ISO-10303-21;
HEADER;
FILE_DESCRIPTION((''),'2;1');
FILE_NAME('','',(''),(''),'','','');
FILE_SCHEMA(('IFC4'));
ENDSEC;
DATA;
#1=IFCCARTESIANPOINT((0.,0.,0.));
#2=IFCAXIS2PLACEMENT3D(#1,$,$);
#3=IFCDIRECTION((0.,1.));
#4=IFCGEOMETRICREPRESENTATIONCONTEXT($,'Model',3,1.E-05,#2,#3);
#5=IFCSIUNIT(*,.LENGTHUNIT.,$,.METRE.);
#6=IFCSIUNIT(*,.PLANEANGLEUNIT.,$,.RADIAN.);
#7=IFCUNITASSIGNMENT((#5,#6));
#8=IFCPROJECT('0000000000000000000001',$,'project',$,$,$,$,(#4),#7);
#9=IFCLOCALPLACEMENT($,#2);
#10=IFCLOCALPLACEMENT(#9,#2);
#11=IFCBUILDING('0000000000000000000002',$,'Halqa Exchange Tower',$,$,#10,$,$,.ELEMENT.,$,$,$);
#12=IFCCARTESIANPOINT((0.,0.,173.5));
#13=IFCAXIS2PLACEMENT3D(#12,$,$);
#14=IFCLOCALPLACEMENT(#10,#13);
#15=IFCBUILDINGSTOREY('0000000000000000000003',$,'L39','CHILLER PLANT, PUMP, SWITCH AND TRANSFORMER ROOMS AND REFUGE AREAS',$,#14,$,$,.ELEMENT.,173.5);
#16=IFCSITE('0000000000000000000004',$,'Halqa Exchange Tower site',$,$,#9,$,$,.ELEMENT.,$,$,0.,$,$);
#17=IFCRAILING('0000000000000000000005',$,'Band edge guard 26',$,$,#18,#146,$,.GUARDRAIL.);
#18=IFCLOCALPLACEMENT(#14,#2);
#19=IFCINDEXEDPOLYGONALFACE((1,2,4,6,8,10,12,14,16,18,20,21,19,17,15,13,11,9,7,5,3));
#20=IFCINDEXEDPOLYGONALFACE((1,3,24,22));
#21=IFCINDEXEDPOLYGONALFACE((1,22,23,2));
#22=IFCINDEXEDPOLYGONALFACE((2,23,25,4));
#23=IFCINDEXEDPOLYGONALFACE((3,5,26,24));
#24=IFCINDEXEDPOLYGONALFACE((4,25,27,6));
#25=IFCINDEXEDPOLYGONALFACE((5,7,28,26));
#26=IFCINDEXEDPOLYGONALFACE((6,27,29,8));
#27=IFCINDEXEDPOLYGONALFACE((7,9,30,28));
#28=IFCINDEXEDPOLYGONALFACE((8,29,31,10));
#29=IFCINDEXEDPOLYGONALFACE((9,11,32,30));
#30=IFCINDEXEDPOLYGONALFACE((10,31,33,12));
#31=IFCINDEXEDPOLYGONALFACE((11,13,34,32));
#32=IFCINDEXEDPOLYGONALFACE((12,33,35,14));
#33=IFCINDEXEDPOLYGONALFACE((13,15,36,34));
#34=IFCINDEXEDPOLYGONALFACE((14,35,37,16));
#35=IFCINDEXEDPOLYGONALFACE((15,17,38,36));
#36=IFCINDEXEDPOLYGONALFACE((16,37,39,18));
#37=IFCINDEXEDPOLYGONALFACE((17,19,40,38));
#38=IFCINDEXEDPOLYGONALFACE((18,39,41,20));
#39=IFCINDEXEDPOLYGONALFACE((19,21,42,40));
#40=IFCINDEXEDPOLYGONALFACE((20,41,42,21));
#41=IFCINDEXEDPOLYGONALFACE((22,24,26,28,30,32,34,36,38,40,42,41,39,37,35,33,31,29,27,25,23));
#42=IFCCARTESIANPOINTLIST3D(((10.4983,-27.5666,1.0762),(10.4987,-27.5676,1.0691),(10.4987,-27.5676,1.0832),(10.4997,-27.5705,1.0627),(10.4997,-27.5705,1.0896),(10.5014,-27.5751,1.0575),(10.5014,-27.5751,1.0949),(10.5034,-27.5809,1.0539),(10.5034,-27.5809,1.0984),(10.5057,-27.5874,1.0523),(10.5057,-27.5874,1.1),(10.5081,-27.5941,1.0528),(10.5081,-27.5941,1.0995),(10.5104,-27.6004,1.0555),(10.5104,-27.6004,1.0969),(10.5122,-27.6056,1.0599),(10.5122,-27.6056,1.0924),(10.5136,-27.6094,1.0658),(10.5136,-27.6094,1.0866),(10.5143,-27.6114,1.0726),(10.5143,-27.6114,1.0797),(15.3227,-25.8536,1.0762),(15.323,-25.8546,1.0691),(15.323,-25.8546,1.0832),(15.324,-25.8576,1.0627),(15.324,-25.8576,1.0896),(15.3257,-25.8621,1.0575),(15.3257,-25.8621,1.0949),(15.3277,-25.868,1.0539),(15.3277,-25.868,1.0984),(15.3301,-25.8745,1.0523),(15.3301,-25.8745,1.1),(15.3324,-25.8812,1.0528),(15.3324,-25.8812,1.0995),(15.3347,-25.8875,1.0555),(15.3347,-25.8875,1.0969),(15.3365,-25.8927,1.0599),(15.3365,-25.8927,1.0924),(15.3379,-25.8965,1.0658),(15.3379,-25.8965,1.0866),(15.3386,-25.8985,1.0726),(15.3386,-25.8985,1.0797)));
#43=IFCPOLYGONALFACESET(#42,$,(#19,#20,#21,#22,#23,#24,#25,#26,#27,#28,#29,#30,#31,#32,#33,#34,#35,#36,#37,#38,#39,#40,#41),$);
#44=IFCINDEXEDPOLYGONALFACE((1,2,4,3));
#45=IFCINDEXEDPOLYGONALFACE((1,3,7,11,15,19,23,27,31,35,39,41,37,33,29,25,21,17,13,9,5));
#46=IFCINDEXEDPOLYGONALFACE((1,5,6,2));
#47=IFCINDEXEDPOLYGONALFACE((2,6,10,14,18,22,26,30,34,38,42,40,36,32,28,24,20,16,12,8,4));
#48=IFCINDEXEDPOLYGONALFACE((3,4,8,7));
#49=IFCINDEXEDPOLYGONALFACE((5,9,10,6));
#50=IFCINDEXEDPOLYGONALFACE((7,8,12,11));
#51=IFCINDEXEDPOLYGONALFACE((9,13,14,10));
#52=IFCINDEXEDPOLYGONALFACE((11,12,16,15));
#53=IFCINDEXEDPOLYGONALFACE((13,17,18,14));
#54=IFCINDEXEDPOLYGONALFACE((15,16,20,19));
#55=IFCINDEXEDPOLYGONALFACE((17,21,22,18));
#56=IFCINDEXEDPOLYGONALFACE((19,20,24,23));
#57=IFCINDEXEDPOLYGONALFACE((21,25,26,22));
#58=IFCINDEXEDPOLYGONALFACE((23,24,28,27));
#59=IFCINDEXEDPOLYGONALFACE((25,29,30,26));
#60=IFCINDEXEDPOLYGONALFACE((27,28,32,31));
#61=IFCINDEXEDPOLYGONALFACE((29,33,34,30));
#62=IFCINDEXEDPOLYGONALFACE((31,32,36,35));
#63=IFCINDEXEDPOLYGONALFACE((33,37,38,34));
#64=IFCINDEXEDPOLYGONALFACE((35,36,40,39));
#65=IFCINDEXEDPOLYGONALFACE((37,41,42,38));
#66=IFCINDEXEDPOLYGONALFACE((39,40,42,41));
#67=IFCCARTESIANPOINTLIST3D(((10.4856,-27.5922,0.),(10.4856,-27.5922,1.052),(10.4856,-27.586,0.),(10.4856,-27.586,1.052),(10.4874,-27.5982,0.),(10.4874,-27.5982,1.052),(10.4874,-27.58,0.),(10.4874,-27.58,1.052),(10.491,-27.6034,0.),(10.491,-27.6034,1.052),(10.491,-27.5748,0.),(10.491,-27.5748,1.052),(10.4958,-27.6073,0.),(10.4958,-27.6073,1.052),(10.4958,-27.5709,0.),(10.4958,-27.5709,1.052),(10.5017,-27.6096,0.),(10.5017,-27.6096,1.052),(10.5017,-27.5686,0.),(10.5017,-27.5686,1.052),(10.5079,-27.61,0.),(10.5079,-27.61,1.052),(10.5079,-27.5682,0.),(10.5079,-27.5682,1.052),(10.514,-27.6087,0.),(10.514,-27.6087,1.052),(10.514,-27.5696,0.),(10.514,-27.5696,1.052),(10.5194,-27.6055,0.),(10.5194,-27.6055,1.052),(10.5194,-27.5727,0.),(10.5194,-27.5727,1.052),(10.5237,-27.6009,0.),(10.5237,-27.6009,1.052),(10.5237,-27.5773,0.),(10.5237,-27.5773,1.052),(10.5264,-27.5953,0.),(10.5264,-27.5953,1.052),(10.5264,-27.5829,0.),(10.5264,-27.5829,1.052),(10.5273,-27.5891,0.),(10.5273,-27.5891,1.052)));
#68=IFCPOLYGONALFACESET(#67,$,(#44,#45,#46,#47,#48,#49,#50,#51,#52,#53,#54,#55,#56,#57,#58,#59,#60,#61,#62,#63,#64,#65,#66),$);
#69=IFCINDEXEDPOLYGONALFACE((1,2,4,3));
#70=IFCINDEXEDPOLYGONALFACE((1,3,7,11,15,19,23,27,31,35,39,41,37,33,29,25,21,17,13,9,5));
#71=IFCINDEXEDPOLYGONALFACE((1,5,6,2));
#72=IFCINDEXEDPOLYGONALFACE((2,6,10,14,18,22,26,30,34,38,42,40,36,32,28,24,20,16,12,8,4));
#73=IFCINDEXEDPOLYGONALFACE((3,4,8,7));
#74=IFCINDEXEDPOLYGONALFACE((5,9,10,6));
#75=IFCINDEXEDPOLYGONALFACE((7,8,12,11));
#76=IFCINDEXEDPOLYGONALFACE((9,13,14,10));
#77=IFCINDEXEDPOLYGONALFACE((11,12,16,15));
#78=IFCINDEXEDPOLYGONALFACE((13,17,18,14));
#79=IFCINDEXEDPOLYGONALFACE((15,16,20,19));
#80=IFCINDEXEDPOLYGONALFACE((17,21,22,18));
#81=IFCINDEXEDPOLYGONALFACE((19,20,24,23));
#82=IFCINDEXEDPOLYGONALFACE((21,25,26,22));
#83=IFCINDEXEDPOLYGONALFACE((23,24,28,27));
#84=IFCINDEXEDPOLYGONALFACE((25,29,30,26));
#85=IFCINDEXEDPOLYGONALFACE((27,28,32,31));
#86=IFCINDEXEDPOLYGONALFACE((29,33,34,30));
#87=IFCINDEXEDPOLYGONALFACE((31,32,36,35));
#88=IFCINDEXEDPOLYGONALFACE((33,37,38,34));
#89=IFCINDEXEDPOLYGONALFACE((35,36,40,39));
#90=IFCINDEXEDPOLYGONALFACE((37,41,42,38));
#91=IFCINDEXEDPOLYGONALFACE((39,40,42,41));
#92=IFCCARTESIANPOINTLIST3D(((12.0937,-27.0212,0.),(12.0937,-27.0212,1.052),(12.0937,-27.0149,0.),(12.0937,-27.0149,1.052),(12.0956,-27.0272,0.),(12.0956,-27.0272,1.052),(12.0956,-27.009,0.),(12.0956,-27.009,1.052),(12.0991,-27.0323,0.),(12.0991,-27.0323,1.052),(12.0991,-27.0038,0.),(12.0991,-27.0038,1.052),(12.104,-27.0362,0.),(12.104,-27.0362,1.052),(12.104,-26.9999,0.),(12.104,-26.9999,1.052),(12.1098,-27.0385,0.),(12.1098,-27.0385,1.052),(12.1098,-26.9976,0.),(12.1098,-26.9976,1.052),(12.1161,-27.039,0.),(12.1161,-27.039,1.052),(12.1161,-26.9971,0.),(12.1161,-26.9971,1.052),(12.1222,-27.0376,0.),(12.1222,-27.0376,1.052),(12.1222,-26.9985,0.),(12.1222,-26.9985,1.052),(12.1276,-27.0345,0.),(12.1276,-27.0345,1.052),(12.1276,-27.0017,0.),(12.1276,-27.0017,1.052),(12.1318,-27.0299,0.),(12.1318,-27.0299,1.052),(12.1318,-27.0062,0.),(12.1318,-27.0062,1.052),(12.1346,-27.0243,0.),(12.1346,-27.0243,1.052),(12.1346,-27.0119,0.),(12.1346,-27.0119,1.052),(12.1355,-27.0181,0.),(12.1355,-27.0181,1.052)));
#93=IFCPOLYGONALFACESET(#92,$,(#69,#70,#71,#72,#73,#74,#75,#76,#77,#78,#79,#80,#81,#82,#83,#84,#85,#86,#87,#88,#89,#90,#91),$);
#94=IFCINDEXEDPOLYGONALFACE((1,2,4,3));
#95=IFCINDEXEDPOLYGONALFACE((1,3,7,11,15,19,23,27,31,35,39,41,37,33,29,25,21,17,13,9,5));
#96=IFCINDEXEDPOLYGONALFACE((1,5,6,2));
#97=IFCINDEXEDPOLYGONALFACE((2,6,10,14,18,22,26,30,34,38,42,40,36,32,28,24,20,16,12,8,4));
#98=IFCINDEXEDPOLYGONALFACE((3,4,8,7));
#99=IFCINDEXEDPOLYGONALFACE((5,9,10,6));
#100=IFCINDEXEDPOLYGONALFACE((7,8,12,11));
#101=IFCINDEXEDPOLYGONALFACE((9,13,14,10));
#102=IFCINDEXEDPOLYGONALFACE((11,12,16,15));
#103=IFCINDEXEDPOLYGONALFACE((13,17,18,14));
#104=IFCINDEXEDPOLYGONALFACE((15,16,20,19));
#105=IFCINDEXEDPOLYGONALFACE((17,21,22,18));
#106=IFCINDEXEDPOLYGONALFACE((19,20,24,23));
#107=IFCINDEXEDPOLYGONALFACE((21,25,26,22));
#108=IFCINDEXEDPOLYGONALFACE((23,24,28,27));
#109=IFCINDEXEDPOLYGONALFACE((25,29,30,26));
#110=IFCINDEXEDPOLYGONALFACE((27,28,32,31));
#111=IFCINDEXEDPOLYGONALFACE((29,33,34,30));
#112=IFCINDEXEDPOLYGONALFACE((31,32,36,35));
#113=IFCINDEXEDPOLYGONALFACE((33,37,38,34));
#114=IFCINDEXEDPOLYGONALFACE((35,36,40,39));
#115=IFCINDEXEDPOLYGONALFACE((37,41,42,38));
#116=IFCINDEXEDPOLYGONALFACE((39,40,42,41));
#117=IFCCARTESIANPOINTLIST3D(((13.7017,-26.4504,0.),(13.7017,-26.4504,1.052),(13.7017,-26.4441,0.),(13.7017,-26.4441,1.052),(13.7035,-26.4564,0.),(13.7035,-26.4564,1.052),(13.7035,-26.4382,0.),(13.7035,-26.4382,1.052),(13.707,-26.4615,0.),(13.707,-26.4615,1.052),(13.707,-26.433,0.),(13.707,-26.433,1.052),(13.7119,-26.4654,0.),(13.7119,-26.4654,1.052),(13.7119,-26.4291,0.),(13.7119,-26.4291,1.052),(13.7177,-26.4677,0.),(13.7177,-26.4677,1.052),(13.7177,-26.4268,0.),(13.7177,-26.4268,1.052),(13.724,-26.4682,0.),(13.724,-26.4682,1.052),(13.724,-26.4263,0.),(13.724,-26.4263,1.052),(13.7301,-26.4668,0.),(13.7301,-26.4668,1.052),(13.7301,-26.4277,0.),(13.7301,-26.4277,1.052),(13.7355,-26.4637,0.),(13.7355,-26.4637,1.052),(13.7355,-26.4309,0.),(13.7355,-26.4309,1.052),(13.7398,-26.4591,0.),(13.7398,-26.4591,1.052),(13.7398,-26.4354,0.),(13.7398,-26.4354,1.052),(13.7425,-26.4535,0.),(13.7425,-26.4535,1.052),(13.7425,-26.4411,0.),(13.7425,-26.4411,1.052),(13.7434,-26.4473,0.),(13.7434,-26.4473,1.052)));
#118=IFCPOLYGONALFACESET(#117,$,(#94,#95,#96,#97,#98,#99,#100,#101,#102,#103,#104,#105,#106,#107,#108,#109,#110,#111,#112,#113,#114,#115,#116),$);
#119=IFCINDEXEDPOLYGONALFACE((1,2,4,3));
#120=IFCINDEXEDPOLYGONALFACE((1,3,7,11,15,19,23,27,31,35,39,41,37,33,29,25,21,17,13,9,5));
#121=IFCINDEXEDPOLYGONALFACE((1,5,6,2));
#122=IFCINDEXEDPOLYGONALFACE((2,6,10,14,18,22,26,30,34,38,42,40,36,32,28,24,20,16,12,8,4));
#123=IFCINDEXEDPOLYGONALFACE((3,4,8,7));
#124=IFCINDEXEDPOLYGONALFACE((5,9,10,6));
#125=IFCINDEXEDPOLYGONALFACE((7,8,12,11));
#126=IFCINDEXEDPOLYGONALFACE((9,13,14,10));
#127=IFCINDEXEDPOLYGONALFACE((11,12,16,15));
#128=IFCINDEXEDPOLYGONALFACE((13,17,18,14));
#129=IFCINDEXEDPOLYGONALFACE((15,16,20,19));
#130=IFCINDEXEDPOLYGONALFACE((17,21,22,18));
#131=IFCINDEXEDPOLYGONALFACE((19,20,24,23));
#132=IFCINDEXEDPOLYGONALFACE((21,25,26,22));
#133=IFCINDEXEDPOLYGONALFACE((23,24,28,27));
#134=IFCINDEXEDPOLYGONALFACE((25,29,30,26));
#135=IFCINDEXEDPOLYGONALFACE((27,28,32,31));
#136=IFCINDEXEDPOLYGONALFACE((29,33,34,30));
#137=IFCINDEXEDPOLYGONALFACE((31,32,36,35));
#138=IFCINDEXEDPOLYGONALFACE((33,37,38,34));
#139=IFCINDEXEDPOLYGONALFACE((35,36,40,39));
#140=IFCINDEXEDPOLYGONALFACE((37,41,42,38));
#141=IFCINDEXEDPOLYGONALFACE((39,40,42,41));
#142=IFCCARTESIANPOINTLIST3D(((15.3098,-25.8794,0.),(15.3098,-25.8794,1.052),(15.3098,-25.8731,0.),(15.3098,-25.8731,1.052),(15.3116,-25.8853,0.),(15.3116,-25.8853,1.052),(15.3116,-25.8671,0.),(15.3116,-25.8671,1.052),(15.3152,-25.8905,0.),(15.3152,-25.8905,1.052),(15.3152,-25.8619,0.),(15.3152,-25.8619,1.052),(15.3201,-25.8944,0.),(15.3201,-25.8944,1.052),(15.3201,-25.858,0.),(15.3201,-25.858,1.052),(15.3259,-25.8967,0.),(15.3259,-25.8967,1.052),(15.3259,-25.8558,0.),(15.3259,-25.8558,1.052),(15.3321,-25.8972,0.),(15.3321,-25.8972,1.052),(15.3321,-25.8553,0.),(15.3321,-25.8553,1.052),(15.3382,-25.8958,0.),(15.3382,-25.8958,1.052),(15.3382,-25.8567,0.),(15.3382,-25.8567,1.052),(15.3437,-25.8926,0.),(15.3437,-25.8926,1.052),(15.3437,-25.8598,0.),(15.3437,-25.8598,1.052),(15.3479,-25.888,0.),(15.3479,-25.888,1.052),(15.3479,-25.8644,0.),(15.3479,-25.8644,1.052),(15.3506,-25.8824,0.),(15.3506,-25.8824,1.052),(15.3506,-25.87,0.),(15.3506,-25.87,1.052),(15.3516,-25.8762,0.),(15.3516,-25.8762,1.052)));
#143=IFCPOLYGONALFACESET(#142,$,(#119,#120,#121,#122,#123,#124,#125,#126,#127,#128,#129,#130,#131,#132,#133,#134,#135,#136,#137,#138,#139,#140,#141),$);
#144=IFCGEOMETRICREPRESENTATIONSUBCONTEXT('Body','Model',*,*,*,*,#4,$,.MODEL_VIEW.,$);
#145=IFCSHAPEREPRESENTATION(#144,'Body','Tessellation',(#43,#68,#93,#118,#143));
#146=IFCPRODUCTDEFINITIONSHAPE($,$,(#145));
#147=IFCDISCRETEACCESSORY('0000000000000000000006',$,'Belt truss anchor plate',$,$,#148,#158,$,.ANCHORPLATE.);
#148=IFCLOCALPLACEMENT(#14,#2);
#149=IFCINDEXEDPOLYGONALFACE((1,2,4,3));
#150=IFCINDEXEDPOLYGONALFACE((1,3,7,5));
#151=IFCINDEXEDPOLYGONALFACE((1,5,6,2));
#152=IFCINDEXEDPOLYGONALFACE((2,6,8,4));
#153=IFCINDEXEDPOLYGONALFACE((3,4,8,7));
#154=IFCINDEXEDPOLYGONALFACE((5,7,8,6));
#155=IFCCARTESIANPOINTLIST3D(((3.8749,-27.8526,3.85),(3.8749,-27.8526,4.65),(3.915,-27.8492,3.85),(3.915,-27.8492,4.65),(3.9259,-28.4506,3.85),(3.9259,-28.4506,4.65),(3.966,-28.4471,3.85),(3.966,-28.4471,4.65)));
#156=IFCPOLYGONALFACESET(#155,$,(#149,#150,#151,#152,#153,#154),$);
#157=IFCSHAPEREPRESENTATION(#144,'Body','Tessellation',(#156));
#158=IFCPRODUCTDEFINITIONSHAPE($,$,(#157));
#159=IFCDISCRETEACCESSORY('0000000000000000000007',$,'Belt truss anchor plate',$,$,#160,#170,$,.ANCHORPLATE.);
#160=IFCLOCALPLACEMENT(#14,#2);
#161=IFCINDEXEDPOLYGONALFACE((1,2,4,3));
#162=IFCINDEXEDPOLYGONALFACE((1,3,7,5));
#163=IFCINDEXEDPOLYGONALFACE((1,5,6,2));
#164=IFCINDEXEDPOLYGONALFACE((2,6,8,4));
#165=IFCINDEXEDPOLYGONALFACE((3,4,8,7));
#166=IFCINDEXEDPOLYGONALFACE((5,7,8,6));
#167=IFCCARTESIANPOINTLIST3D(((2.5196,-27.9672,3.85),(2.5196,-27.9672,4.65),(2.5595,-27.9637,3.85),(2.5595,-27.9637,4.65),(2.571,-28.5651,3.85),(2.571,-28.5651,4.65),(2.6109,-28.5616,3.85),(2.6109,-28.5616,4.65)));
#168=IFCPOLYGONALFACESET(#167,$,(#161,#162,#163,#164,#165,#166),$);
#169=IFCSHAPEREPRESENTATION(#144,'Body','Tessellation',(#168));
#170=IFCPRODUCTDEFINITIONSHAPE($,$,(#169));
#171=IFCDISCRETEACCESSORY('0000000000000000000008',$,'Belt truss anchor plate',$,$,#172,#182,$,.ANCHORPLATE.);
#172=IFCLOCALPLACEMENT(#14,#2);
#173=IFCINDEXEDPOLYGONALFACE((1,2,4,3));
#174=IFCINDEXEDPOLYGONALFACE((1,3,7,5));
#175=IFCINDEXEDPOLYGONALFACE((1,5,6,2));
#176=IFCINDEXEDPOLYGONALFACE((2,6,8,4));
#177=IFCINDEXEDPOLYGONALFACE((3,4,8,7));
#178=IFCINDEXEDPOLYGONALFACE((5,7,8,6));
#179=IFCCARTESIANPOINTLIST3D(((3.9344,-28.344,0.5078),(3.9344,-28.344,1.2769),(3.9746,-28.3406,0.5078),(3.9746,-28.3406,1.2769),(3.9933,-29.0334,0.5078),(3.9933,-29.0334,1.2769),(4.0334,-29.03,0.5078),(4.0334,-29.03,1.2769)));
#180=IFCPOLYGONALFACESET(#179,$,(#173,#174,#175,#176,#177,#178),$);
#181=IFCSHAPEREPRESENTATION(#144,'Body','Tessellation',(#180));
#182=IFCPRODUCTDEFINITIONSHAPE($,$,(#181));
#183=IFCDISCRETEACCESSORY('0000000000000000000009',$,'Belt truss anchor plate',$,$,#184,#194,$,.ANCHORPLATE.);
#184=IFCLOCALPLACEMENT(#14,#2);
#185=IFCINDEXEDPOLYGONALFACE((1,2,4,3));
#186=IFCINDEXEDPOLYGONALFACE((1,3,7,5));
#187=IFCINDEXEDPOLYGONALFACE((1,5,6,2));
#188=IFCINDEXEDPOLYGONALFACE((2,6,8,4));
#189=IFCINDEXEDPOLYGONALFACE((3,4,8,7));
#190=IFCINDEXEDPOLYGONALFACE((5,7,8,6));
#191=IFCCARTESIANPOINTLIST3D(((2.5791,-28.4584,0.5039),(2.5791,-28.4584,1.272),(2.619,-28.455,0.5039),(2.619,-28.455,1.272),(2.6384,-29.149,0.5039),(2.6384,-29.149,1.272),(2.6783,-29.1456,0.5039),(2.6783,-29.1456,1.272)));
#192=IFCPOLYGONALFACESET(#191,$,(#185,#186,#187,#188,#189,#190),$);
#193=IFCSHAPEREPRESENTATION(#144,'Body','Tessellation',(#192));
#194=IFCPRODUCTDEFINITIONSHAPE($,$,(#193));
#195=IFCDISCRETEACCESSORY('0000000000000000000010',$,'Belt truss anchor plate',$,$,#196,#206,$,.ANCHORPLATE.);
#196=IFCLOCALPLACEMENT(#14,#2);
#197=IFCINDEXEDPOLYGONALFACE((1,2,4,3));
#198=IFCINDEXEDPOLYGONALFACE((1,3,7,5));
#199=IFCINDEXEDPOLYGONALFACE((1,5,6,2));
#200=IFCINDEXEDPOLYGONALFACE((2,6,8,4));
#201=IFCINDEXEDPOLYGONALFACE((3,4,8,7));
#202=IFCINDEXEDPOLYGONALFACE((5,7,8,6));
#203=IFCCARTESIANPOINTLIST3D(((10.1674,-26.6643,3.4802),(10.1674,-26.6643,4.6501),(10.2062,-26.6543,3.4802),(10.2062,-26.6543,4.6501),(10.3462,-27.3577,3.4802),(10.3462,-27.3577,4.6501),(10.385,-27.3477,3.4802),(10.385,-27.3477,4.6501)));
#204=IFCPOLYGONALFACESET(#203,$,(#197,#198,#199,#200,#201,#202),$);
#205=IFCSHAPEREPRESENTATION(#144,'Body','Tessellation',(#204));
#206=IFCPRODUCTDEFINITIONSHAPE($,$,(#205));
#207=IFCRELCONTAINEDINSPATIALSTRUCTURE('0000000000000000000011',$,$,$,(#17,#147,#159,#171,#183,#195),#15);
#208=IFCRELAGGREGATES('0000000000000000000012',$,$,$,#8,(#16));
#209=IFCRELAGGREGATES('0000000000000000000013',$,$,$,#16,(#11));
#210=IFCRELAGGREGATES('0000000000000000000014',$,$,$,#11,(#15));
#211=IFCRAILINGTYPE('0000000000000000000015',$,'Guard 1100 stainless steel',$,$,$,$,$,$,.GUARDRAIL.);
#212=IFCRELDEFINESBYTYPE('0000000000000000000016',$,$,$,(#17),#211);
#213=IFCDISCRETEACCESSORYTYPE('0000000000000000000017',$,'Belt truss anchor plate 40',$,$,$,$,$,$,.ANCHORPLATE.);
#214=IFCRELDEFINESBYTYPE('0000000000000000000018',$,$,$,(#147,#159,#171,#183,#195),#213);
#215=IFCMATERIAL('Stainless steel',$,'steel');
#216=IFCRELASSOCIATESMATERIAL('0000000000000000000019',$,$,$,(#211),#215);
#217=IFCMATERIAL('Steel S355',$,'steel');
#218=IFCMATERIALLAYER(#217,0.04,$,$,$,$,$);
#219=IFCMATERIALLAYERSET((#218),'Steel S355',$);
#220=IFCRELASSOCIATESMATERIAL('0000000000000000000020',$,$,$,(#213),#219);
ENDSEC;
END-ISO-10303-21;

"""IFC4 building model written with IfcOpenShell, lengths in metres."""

from ifc_helpers import new_model, si_unit, direction, frame, origin, origin_2d, place, context, subcontext, project, spatial, rectangle, circle, extrude, material, layer, layer_set, type_object, element, save


model = new_model("IFC4")

# Units and contexts
model_context = context("Model", 3, precision=1e-05, world=origin(), true_north=direction((0.0, 1.0)))
body_context = subcontext(model_context, "Body", "Model", "MODEL_VIEW")
ifc_project = project(units=[si_unit("LENGTHUNIT", "METRE"), si_unit("PLANEANGLEUNIT", "RADIAN")], contexts=[model_context])

# Site, building, storey
site_placement = place(None, origin())
site = spatial("IfcSite", under=ifc_project, at=site_placement, Name="Halqa Exchange Tower site", CompositionType="ELEMENT", RefElevation=0.0)
building_placement = place(site_placement, origin())
building = spatial("IfcBuilding", under=site, at=building_placement, Name="Halqa Exchange Tower", CompositionType="ELEMENT")
storey_placement = place(building_placement, frame((0.0, 0.0, 173.5)))
storey = spatial("IfcBuildingStorey", under=building, at=storey_placement, Name="L39", Description="CHILLER PLANT, PUMP, SWITCH AND TRANSFORMER ROOMS AND REFUGE AREAS", CompositionType="ELEMENT", Elevation=173.5)

# Shared definitions
ifc_material_1 = material(Name="Steel S355", Category="steel")

# Railing
ifc_material_2 = material(Name="Stainless steel", Category="steel")
railing_type = type_object("IfcRailingType", Name="Guard 1100 stainless steel", PredefinedType="GUARDRAIL", material=ifc_material_2)
railing_1_placement = place(storey_placement, frame((10.5063, -27.5891, 0.0)))
element("IfcRailing", 1, at=railing_1_placement, inside=storey, type_object=railing_type, Name="Band edge guard 26", PredefinedType="GUARDRAIL", context=body_context, shape_type="SweptSolid", body=[
    extrude(circle(Radius=0.0239, at=origin_2d()), frame((0.0, 0.0, 1.0762), z_axis=(0.942362, 0.334596, 0.0), x_axis=(-0.334596, 0.942362, 0.0)), (0.0, 0.0, 1.0), 5.1194),
    extrude(circle(Radius=0.021, at=origin_2d()), origin(), (0.0, 0.0, 1.0), 1.052),
    extrude(circle(Radius=0.021, at=origin_2d()), frame((1.6082, 0.571, 0.0)), (0.0, 0.0, 1.0), 1.052),
    extrude(circle(Radius=0.021, at=origin_2d()), frame((3.2161, 1.1418, 0.0)), (0.0, 0.0, 1.0), 1.052),
    extrude(circle(Radius=0.021, at=origin_2d()), frame((4.8242, 1.7129, 0.0)), (0.0, 0.0, 1.0), 1.052),
])

# Discrete accessories
ifc_layer = layer(ifc_material_1, 0.04)
ifc_layer_set = layer_set([ifc_layer], Name="Steel S355")
discrete_accessory_type = type_object("IfcDiscreteAccessoryType", Name="Belt truss anchor plate 40", PredefinedType="ANCHORPLATE", material=ifc_layer_set)
discrete_accessory_1_placement = place(storey_placement, frame((3.9004, -28.1516, 4.25), z_axis=(0.996376, 0.085056, 0.0), x_axis=(-0.085056, 0.996376, 0.0)))
element("IfcDiscreteAccessory", 2, at=discrete_accessory_1_placement, inside=storey, type_object=discrete_accessory_type, Name="Belt truss anchor plate", PredefinedType="ANCHORPLATE", context=body_context, shape_type="SweptSolid", body=[
    extrude(rectangle(XDim=0.6001, YDim=0.8, at=origin_2d()), origin(), (0.0, 0.0, 1.0), 0.0403),
])
discrete_accessory_2_placement = place(storey_placement, frame((2.5852, -28.2627, 4.25), z_axis=(-0.996332, -0.085575, 0.0), x_axis=(0.085575, -0.996332, 0.0)))
element("IfcDiscreteAccessory", 3, at=discrete_accessory_2_placement, inside=storey, type_object=discrete_accessory_type, Name="Belt truss anchor plate", PredefinedType="ANCHORPLATE", context=body_context, shape_type="SweptSolid", body=[
    extrude(rectangle(XDim=0.6001, YDim=0.8, at=origin_2d()), origin(), (0.0, 0.0, 1.0), 0.04),
])
discrete_accessory_3_placement = place(storey_placement, frame((3.9639, -28.6887, 0.8923), z_axis=(0.996376, 0.085056, 0.0), x_axis=(-0.085056, 0.996376, 0.0)))
element("IfcDiscreteAccessory", 4, at=discrete_accessory_3_placement, inside=storey, type_object=discrete_accessory_type, Name="Belt truss anchor plate", PredefinedType="ANCHORPLATE", context=body_context, shape_type="SweptSolid", body=[
    extrude(rectangle(XDim=0.6919, YDim=0.769, at=origin_2d()), origin(), (0.0, 0.0, 1.0), 0.0403),
])
discrete_accessory_4_placement = place(storey_placement, frame((2.6487, -28.8003, 0.8879), z_axis=(-0.996332, -0.085575, 0.0), x_axis=(0.085575, -0.996332, 0.0)))
element("IfcDiscreteAccessory", 5, at=discrete_accessory_4_placement, inside=storey, type_object=discrete_accessory_type, Name="Belt truss anchor plate", PredefinedType="ANCHORPLATE", context=body_context, shape_type="SweptSolid", body=[
    extrude(rectangle(XDim=0.6931, YDim=0.7681, at=origin_2d()), origin(), (0.0, 0.0, 1.0), 0.04),
])
discrete_accessory_5_placement = place(storey_placement, frame((10.2568, -27.011, 4.0652), z_axis=(0.968325, 0.249694, 0.0), x_axis=(-0.249694, 0.968325, 0.0)))
element("IfcDiscreteAccessory", 6, at=discrete_accessory_5_placement, inside=storey, type_object=discrete_accessory_type, Name="Belt truss anchor plate", PredefinedType="ANCHORPLATE", context=body_context, shape_type="SweptSolid", body=[
    extrude(rectangle(XDim=0.7161, YDim=1.1699, at=origin_2d()), origin(), (0.0, 0.0, 1.0), 0.04),
])

save(model, "model.ifc")
